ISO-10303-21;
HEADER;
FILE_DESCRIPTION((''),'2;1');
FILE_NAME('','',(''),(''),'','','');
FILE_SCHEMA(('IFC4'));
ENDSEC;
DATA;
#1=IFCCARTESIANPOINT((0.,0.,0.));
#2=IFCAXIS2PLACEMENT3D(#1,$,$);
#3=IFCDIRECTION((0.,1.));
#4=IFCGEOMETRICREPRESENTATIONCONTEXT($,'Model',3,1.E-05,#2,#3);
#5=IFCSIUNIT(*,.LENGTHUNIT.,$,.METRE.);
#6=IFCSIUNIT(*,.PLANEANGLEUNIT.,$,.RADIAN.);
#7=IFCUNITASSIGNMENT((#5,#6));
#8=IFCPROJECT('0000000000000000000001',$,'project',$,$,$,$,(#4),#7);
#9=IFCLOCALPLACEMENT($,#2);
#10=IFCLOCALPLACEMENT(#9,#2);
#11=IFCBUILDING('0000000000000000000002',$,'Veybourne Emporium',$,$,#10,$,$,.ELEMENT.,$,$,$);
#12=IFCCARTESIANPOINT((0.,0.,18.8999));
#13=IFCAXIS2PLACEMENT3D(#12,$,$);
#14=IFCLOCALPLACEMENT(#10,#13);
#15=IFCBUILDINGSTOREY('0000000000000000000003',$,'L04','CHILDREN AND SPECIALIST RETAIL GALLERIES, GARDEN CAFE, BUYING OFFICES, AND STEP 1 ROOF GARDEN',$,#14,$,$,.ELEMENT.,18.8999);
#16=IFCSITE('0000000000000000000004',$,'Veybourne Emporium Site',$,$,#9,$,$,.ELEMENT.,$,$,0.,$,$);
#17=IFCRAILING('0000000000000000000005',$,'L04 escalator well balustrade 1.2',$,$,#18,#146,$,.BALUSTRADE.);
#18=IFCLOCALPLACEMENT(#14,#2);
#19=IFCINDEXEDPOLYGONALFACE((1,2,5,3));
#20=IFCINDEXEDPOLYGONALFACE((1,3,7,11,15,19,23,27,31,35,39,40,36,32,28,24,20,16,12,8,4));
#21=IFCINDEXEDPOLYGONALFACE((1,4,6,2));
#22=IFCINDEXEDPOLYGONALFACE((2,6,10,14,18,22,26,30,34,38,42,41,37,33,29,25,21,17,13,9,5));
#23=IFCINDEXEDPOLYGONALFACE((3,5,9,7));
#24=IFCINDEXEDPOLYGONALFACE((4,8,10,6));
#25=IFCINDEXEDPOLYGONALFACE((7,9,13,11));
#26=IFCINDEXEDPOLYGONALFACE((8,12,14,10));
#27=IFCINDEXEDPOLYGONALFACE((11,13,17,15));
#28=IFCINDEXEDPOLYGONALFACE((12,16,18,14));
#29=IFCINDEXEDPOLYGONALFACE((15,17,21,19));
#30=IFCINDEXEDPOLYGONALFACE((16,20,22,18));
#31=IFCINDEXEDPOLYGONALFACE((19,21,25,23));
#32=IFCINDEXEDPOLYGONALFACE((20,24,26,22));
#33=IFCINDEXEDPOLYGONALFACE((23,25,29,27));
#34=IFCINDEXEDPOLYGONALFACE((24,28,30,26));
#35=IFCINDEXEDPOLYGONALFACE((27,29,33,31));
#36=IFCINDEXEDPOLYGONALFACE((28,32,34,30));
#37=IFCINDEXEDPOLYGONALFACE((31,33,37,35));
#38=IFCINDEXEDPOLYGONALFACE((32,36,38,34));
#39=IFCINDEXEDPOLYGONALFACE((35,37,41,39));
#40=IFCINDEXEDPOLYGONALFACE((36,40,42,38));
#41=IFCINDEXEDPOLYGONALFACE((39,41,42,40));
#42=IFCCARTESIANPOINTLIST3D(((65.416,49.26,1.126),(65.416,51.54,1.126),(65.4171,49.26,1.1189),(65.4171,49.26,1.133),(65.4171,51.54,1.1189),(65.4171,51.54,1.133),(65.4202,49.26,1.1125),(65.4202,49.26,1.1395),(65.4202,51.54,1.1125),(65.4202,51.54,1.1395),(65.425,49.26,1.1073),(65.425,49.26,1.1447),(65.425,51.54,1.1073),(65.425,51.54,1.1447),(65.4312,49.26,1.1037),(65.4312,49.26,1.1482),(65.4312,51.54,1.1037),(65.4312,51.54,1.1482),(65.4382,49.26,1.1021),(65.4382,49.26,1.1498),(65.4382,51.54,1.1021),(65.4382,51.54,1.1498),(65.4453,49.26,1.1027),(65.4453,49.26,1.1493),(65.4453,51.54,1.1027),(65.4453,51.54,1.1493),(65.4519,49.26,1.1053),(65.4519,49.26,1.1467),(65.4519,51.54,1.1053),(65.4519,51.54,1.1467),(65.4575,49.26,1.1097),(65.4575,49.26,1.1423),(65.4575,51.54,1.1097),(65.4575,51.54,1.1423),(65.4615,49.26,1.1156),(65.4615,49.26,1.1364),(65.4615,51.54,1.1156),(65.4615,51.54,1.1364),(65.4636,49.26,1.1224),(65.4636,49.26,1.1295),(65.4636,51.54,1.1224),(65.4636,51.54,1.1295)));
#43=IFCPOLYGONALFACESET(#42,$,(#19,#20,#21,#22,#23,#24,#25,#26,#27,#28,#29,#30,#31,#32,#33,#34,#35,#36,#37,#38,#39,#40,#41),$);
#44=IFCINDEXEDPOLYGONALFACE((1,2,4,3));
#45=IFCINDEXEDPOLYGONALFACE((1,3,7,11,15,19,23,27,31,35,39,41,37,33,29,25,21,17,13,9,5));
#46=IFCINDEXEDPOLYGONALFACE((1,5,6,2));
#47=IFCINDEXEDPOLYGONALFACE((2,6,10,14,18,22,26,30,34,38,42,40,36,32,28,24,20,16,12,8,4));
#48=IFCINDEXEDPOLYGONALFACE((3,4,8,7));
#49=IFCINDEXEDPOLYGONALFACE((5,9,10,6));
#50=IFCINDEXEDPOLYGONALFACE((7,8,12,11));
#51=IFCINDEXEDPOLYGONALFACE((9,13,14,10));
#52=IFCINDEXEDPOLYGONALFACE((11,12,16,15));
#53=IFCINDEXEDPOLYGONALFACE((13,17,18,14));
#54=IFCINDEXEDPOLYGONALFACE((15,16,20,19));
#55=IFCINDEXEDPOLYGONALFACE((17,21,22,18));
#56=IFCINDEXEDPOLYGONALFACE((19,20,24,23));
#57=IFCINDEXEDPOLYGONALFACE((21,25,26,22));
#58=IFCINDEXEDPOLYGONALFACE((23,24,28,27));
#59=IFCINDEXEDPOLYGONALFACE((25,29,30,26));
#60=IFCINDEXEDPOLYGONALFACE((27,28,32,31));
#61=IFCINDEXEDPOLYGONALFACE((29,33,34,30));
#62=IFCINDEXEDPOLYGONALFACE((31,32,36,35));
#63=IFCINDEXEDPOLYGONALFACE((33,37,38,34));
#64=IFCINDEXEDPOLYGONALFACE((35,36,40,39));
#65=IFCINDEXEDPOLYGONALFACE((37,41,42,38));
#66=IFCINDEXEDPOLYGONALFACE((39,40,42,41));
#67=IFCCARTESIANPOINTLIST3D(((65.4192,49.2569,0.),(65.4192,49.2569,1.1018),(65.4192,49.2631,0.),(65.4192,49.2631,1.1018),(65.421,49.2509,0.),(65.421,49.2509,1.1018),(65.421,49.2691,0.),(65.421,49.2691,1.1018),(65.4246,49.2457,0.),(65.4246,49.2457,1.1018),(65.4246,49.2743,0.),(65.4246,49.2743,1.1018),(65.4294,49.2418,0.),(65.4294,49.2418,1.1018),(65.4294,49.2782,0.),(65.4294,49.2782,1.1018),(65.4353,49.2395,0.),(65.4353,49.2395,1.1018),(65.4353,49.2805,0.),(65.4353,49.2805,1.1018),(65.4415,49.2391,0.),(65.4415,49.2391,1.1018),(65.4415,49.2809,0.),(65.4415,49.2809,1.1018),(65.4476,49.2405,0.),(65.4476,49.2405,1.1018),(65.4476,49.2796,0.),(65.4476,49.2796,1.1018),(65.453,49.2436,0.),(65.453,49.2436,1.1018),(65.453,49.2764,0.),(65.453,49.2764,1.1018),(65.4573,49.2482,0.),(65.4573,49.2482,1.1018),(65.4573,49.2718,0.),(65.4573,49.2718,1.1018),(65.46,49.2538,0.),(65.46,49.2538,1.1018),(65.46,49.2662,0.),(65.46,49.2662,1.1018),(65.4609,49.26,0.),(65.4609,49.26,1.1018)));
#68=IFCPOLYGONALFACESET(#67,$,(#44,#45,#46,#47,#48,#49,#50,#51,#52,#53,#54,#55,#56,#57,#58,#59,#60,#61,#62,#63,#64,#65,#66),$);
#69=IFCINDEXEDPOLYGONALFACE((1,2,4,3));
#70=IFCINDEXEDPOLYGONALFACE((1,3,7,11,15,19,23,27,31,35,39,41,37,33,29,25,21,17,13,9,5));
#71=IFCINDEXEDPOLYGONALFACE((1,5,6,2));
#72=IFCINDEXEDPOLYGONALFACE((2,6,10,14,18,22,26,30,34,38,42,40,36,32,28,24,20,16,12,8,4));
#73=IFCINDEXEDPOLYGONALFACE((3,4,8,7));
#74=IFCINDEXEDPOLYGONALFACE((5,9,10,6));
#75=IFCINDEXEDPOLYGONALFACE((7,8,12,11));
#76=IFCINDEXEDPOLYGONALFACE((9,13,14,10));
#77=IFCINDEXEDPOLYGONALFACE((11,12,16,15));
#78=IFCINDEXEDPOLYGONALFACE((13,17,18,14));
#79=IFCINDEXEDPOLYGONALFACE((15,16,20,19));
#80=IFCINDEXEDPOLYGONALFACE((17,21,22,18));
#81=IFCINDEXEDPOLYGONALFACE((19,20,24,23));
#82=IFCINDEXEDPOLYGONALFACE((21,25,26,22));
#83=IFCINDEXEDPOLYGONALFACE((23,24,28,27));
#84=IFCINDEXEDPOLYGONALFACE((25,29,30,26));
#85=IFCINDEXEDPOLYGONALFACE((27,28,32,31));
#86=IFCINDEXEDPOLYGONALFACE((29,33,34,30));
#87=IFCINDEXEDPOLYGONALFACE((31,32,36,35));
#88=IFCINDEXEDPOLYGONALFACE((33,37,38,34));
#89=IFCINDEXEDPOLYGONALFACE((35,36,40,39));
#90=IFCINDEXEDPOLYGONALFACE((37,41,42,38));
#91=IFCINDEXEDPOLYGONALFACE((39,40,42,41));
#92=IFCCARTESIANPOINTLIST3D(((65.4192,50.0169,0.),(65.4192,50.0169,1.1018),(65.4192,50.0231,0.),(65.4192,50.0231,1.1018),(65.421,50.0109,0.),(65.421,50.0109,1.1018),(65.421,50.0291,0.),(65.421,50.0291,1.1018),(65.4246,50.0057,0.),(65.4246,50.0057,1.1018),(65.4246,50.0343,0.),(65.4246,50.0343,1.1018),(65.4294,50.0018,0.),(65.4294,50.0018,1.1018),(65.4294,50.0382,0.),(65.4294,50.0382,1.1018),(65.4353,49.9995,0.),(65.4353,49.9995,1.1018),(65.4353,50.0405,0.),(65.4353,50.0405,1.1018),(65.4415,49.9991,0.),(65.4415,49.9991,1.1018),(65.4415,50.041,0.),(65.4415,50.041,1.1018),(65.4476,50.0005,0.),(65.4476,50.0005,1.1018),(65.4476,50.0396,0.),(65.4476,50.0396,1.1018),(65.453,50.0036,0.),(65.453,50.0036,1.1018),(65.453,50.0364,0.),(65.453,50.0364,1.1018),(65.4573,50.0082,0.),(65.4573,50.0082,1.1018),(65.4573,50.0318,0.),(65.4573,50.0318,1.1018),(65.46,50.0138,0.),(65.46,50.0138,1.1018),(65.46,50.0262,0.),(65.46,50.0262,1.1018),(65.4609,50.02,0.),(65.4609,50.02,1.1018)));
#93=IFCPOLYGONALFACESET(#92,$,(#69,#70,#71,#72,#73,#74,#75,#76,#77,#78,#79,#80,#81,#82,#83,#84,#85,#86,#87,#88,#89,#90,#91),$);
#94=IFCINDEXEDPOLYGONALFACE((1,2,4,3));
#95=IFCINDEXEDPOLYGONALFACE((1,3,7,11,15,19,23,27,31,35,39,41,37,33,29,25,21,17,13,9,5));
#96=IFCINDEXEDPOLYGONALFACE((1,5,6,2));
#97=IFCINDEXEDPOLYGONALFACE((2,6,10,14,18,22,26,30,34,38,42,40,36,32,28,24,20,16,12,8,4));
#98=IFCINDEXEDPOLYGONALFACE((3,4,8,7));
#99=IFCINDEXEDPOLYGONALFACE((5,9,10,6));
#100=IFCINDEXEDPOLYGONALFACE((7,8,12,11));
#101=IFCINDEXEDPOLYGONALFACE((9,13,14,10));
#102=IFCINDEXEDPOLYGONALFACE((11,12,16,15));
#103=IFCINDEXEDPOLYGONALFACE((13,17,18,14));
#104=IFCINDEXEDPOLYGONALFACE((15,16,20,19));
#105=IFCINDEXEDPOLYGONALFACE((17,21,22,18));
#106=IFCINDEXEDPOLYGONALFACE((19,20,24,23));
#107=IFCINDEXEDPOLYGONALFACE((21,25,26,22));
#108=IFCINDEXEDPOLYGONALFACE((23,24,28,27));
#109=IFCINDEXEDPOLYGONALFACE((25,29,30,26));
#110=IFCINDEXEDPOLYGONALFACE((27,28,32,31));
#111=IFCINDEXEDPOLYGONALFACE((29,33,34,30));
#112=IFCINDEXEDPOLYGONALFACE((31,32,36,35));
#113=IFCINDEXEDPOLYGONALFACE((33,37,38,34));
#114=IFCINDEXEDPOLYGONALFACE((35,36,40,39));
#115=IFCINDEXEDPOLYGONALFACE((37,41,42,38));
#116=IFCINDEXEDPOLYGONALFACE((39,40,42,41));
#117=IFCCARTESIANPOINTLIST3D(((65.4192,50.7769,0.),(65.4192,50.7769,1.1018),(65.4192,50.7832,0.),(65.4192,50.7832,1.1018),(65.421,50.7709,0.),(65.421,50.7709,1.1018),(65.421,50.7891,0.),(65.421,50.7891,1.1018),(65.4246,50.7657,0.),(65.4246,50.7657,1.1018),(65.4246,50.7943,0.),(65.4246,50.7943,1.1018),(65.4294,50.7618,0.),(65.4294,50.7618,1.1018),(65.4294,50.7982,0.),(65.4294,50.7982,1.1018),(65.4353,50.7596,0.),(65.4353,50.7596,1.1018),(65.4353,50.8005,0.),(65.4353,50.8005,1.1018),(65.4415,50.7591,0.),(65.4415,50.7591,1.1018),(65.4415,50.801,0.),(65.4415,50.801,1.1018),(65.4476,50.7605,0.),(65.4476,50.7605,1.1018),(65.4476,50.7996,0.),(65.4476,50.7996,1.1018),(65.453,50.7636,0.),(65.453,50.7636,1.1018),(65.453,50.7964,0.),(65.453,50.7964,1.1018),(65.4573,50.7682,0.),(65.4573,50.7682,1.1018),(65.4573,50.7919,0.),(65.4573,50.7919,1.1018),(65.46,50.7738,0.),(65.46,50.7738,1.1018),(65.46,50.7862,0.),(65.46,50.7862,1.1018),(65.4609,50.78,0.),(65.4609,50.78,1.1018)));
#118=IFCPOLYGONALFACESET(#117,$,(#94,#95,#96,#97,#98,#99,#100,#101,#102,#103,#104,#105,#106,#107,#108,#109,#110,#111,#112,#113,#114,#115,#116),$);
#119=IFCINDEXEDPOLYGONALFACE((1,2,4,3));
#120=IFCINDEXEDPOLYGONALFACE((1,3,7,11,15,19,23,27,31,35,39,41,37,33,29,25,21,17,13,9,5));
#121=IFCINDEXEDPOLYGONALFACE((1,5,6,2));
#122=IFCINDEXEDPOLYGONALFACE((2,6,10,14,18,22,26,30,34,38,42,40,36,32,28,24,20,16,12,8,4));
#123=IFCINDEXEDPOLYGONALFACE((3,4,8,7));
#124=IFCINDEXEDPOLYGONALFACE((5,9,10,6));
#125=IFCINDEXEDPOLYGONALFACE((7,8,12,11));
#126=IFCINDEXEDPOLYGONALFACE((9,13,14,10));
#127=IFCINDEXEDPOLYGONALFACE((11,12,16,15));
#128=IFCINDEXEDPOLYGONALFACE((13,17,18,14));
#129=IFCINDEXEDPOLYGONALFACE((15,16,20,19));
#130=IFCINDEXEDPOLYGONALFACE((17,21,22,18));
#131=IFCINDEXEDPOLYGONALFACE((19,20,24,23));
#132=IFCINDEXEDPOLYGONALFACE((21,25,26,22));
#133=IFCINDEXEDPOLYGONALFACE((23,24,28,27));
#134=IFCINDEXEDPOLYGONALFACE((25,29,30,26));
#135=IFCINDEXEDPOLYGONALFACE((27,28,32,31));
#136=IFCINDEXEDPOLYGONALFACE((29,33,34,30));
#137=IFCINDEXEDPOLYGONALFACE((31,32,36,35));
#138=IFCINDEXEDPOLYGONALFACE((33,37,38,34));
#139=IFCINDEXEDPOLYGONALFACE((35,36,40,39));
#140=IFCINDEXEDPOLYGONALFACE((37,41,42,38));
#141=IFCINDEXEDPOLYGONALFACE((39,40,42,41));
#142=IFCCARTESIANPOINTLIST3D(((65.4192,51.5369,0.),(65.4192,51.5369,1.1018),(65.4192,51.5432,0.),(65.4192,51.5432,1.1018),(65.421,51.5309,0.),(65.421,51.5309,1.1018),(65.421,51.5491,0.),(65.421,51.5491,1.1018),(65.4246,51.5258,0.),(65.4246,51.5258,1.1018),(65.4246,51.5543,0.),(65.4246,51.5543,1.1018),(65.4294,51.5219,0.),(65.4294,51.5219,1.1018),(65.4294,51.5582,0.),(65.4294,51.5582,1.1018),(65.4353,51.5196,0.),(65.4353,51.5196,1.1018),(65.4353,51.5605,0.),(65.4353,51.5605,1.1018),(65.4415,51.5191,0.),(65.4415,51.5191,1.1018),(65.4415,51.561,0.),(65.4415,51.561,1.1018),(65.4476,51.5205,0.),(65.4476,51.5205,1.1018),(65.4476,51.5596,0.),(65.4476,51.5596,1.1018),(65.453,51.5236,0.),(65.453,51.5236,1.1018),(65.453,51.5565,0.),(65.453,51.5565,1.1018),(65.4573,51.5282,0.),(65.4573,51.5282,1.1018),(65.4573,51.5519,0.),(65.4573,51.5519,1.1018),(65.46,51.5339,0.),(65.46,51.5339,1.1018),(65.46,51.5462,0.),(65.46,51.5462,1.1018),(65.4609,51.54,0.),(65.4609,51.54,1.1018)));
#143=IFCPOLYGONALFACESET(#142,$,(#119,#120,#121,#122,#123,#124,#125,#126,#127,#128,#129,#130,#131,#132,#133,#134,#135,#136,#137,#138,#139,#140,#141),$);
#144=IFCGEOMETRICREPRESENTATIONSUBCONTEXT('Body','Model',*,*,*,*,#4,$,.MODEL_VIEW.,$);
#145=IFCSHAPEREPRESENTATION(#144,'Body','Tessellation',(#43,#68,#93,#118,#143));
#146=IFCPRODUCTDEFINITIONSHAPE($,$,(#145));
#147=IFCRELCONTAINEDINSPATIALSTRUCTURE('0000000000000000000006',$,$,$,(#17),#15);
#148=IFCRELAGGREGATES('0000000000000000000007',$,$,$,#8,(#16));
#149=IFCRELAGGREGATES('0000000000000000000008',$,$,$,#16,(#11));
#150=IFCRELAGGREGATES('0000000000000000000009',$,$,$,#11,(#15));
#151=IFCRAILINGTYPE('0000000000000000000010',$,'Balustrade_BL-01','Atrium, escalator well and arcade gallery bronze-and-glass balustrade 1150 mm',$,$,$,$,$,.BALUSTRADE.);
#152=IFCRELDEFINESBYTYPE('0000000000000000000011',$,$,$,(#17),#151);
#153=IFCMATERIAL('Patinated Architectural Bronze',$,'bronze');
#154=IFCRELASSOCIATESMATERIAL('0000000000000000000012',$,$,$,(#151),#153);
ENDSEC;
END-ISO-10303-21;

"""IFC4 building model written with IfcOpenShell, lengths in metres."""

from ifc_helpers import new_model, si_unit, direction, frame, origin, origin_2d, place, context, subcontext, project, spatial, circle, extrude, material, type_object, element, save


model = new_model("IFC4")

# Units and contexts
model_context = context("Model", 3, precision=1e-05, world=origin(), true_north=direction((0.0, 1.0)))
body_context = subcontext(model_context, "Body", "Model", "MODEL_VIEW")
ifc_project = project(units=[si_unit("LENGTHUNIT", "METRE"), si_unit("PLANEANGLEUNIT", "RADIAN")], contexts=[model_context])

# Site, building, storey
site_placement = place(None, origin())
site = spatial("IfcSite", under=ifc_project, at=site_placement, Name="Veybourne Emporium Site", CompositionType="ELEMENT", RefElevation=0.0)
building_placement = place(site_placement, origin())
building = spatial("IfcBuilding", under=site, at=building_placement, Name="Veybourne Emporium", CompositionType="ELEMENT")
storey_placement = place(building_placement, frame((0.0, 0.0, 18.8999)))
storey = spatial("IfcBuildingStorey", under=building, at=storey_placement, Name="L04", Description="CHILDREN AND SPECIALIST RETAIL GALLERIES, GARDEN CAFE, BUYING OFFICES, AND STEP 1 ROOF GARDEN", CompositionType="ELEMENT", Elevation=18.8999)

# Shared definitions
ifc_material_1 = material(Name="Patinated Architectural Bronze", Category="bronze")

# Railing
railing_type = type_object("IfcRailingType", Name="Balustrade_BL-01", Description="Atrium, escalator well and arcade gallery bronze-and-glass balustrade 1150 mm", PredefinedType="BALUSTRADE", material=ifc_material_1)
railing_1_placement = place(storey_placement, frame((65.4399, 49.26, 0.0)))
element("IfcRailing", 1, at=railing_1_placement, inside=storey, type_object=railing_type, Name="L04 escalator well balustrade 1.2", PredefinedType="BALUSTRADE", context=body_context, shape_type="SweptSolid", body=[
    extrude(circle(Radius=0.0239, at=origin_2d()), frame((0.0, 0.0, 1.126), z_axis=(0.0, 1.0, 0.0), x_axis=(-1.0, 0.0, 0.0)), (0.0, 0.0, 1.0), 2.28),
    extrude(circle(Radius=0.021, at=origin_2d()), origin(), (0.0, 0.0, 1.0), 1.1018),
    extrude(circle(Radius=0.021, at=origin_2d()), frame((0.0, 0.76, 0.0)), (0.0, 0.0, 1.0), 1.1018),
    extrude(circle(Radius=0.021, at=origin_2d()), frame((0.0, 1.52, 0.0)), (0.0, 0.0, 1.0), 1.1018),
    extrude(circle(Radius=0.021, at=origin_2d()), frame((0.0, 2.28, 0.0)), (0.0, 0.0, 1.0), 1.1018),
])

save(model, "model.ifc")
